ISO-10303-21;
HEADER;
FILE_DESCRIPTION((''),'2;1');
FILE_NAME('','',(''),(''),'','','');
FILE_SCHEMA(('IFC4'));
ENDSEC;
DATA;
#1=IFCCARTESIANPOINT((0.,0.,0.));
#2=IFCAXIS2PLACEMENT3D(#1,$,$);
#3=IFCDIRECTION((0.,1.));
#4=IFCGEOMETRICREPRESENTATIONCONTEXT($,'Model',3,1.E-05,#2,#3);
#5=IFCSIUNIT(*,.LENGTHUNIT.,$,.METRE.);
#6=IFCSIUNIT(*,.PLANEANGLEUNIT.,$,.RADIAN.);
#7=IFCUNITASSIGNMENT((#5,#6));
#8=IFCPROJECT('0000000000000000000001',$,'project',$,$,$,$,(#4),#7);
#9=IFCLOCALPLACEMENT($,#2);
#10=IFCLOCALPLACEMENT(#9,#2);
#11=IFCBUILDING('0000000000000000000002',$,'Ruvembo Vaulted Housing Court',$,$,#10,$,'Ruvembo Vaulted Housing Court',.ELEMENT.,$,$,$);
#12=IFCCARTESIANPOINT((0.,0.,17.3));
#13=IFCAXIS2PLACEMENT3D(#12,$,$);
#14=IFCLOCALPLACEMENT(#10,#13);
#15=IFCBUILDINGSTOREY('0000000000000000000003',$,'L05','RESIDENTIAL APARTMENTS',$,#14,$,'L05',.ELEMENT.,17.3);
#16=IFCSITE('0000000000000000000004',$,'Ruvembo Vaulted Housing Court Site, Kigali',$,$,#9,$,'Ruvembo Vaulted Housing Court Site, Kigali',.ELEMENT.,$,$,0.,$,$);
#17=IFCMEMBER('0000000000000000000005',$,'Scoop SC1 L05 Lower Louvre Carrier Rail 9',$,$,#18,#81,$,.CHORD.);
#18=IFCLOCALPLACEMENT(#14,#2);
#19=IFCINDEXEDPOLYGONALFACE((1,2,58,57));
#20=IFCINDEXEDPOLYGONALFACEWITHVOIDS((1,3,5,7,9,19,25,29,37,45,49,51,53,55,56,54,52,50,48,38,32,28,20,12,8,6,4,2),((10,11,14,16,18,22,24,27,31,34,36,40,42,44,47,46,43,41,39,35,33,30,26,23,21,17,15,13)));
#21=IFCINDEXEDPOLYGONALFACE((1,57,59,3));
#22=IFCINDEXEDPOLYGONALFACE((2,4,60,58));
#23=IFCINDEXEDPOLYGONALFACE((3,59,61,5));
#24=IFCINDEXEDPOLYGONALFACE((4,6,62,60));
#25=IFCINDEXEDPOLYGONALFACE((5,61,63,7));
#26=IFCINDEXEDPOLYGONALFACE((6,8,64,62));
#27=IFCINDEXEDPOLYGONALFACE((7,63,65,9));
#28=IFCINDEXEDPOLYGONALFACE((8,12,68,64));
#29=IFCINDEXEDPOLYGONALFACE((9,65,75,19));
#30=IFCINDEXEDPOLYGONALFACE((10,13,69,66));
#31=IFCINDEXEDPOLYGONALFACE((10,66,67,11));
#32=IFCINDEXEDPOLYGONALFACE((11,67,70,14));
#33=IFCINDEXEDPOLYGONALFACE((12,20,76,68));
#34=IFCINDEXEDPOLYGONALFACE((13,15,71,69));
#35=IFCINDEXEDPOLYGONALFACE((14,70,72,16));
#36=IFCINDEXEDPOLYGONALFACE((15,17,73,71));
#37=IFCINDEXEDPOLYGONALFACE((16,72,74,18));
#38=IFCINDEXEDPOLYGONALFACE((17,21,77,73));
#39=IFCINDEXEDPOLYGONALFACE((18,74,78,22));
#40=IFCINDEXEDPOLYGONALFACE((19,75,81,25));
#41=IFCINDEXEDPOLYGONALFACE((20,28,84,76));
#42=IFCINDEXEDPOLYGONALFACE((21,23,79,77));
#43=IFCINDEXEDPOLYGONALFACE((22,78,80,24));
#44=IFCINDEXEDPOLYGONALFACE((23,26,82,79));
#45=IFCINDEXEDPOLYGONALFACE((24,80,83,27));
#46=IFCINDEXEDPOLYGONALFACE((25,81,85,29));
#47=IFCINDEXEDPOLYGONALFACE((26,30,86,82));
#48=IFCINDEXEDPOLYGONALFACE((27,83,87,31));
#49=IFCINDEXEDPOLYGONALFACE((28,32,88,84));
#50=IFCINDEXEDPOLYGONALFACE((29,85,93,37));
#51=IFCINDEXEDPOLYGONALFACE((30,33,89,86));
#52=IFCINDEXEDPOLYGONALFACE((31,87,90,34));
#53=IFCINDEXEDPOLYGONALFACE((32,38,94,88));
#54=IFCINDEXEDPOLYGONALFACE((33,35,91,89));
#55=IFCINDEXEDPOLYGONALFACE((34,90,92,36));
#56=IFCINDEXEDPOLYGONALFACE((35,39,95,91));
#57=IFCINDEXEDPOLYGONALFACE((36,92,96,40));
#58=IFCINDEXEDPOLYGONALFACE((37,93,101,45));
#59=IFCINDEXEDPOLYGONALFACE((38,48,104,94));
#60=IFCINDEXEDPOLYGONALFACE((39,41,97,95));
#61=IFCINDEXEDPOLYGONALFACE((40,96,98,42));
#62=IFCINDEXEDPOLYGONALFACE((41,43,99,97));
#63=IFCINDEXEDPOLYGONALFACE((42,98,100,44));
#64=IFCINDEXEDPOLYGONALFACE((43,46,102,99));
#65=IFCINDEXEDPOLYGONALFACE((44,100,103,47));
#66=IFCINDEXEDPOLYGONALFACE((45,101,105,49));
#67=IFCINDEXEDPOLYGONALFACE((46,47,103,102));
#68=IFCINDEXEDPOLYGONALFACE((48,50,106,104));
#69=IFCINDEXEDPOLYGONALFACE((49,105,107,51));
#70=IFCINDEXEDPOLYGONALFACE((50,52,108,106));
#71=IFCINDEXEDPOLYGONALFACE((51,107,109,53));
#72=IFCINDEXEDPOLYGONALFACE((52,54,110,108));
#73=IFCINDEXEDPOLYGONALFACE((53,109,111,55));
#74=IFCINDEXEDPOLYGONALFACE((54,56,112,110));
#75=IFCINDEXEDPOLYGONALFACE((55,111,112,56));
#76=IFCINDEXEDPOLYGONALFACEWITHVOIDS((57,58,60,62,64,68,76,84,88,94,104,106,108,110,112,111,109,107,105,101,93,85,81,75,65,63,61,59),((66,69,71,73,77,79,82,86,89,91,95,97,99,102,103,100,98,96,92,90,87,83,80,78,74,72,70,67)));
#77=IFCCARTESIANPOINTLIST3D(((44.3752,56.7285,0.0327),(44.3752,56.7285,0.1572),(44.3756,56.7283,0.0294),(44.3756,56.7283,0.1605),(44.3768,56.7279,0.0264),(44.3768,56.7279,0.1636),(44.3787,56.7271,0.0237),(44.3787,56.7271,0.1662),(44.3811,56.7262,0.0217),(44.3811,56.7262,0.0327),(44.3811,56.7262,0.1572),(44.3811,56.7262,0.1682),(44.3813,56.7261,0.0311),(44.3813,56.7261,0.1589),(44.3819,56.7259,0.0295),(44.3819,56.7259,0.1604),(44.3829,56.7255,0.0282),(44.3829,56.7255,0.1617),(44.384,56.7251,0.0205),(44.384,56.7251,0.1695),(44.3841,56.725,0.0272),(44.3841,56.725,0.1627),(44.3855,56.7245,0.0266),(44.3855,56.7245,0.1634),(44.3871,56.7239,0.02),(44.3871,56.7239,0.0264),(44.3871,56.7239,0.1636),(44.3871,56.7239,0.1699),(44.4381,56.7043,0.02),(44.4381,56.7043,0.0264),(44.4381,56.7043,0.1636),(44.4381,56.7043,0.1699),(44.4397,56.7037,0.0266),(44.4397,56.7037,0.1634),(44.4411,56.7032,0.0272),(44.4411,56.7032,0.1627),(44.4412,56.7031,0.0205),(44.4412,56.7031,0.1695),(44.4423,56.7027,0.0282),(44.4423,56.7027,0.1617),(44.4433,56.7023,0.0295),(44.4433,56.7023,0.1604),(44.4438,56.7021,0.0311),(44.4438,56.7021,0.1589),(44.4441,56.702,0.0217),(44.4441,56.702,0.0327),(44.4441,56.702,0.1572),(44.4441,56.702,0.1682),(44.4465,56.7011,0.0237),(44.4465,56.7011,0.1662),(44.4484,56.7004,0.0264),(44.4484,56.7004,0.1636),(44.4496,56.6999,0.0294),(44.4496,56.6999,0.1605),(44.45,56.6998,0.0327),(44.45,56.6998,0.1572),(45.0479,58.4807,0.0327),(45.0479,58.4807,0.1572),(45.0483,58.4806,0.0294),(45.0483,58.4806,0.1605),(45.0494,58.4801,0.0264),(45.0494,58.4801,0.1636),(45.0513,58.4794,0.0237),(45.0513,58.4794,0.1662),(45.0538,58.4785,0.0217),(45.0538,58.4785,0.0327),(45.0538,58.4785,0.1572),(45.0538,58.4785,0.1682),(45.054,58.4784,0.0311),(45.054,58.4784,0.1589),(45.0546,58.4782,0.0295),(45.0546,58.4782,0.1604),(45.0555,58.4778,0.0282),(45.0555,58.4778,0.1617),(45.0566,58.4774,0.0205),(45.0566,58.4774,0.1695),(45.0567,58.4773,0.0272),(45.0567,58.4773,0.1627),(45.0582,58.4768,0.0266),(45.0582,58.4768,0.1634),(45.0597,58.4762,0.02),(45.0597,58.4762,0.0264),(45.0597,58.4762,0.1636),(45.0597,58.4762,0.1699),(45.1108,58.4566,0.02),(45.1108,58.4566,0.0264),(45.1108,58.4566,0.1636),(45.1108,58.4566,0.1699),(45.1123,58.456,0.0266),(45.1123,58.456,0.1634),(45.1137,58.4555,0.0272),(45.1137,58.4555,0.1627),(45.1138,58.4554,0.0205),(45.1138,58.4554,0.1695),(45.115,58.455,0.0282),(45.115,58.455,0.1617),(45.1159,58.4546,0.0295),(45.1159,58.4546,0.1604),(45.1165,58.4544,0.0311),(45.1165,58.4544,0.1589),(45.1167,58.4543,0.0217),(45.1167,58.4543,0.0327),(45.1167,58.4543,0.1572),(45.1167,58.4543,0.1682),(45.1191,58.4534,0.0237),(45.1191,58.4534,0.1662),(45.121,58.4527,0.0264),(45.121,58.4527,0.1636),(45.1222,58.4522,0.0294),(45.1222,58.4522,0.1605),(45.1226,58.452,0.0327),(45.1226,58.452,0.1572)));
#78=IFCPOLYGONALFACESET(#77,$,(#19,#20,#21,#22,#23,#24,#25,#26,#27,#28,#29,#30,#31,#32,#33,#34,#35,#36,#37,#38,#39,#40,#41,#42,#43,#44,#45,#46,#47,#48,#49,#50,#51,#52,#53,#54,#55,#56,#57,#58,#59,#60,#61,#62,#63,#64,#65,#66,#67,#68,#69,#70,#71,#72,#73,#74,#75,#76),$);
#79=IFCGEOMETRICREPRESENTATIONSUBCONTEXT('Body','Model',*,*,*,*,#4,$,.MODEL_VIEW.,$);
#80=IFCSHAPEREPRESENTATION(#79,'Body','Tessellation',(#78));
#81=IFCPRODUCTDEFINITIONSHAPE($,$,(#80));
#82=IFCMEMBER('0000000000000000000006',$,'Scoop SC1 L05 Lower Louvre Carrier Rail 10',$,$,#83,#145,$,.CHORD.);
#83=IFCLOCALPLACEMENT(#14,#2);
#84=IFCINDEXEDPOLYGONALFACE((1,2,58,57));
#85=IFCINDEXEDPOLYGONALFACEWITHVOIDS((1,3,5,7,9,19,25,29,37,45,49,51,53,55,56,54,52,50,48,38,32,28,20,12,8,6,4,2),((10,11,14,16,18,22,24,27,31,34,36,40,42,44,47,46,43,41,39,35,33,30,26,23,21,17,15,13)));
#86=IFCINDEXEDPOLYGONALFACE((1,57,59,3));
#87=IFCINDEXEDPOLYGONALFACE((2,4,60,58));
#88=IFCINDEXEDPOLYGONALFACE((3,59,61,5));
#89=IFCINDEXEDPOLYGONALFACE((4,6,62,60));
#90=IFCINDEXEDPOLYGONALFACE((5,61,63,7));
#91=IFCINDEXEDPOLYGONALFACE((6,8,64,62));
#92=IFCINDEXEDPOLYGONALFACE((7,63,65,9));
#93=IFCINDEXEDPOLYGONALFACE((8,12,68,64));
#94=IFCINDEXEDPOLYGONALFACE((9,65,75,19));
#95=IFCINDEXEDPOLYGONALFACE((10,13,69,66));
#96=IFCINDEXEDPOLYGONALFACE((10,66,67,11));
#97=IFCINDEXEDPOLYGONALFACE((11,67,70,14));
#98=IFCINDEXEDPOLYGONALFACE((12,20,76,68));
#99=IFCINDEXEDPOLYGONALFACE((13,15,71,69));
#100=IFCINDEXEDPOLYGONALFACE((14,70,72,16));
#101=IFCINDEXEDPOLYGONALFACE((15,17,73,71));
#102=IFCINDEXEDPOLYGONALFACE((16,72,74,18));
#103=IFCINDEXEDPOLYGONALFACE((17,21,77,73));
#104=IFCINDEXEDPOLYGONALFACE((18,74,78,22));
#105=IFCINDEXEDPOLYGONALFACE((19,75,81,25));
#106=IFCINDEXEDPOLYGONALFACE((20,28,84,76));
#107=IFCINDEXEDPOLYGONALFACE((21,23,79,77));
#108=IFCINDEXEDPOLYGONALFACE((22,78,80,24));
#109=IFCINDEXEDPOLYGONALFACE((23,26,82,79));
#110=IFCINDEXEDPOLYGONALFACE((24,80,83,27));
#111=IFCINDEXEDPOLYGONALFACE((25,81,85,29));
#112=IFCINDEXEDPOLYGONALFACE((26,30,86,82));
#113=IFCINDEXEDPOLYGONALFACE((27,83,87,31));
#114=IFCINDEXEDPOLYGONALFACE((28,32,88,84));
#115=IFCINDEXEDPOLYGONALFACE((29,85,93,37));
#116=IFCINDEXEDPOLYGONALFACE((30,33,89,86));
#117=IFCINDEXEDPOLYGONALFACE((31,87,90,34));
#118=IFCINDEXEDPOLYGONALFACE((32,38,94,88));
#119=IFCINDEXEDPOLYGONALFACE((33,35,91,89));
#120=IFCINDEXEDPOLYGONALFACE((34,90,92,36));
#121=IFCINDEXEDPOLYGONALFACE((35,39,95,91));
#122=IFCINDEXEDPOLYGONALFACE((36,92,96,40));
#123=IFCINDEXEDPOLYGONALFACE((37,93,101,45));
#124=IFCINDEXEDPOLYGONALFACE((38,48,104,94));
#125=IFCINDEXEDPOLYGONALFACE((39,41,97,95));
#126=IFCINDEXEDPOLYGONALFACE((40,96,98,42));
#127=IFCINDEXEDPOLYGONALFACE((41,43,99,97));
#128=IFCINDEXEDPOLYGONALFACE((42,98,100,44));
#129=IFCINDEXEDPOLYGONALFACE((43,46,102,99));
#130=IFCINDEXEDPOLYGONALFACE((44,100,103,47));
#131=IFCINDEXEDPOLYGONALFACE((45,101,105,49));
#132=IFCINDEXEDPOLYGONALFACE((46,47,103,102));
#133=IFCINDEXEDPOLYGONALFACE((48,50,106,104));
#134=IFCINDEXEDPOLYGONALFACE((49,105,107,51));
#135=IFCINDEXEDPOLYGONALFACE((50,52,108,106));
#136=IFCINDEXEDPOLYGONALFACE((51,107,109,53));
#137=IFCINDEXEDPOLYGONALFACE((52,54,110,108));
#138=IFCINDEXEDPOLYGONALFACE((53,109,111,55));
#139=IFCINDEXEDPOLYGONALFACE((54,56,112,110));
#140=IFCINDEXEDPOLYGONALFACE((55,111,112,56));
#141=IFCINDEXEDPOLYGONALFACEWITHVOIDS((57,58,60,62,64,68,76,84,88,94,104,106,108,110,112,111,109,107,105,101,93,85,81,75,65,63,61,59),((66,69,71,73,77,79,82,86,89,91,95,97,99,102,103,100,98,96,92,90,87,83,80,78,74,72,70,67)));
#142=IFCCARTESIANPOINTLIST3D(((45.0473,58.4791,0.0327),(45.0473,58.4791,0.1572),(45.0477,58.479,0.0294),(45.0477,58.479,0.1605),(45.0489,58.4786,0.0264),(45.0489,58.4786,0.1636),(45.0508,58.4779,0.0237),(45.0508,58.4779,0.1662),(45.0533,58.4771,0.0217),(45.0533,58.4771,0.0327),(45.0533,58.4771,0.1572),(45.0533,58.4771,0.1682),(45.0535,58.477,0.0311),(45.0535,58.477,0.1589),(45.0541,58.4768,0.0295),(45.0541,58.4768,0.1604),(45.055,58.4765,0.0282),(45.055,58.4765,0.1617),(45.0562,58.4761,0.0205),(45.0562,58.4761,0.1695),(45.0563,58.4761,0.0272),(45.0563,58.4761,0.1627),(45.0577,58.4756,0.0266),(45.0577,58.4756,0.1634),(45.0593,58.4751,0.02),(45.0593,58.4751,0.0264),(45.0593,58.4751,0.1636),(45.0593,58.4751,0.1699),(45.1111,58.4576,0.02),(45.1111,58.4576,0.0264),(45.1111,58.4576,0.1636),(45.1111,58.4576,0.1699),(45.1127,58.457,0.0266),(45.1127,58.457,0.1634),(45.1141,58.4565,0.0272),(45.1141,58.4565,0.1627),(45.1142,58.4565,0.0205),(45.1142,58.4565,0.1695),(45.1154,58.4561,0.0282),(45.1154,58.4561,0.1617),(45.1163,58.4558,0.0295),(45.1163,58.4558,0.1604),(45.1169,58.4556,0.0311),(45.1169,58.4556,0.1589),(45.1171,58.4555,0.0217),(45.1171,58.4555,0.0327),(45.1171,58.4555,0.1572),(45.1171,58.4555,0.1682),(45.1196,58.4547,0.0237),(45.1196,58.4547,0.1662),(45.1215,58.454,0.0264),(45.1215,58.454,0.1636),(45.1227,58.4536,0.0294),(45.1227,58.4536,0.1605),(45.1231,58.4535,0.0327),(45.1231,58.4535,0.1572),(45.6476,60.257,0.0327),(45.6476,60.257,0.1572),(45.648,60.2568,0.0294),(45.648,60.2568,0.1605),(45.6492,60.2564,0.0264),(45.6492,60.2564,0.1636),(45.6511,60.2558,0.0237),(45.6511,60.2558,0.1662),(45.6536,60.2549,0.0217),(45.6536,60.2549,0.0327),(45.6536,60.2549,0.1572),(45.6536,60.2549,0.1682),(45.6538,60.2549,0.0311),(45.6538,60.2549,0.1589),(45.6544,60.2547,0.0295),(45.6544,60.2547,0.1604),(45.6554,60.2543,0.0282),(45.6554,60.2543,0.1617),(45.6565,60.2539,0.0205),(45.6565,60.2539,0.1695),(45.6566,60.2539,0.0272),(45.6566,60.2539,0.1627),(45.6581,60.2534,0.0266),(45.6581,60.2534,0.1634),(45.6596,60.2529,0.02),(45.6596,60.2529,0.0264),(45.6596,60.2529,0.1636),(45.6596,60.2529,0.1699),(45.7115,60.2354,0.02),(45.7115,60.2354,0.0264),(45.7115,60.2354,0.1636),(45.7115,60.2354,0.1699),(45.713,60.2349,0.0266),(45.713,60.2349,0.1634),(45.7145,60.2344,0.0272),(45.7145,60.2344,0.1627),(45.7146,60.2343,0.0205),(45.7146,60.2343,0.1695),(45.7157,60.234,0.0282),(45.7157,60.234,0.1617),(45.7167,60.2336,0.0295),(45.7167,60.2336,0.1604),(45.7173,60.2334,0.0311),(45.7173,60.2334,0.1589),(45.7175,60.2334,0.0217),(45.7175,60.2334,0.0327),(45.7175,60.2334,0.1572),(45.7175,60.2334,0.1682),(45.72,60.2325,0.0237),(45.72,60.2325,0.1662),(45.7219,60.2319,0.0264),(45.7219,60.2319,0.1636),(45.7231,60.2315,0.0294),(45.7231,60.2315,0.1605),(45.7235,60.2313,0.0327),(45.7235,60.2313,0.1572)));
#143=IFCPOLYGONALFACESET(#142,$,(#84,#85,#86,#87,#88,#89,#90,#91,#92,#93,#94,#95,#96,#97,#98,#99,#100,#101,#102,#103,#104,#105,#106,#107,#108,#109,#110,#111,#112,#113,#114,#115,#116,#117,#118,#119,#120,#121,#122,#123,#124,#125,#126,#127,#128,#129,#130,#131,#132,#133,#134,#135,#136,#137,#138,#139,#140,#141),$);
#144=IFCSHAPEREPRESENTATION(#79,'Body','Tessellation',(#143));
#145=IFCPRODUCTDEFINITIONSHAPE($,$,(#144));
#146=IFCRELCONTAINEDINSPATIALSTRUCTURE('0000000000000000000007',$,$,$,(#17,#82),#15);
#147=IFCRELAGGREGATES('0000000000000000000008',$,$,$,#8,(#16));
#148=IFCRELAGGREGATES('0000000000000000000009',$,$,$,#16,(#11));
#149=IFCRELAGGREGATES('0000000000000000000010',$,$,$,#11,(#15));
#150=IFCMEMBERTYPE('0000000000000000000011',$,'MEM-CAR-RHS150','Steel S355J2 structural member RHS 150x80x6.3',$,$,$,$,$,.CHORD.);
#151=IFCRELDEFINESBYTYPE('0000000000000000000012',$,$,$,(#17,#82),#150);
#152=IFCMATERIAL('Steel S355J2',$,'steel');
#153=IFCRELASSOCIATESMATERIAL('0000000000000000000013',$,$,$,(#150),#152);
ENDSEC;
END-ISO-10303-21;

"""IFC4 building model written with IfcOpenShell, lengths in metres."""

from ifc_helpers import new_model, si_unit, direction, frame, origin, origin_2d, place, context, subcontext, project, spatial, hollow_rectangle, extrude, material, material_profile, profile_set, type_object, element, save


model = new_model("IFC4")

# Units and contexts
model_context = context("Model", 3, precision=1e-05, world=origin(), true_north=direction((0.0, 1.0)))
body_context = subcontext(model_context, "Body", "Model", "MODEL_VIEW")
ifc_project = project(units=[si_unit("LENGTHUNIT", "METRE"), si_unit("PLANEANGLEUNIT", "RADIAN")], contexts=[model_context])

# Site, building, storey
site_placement = place(None, origin())
site = spatial("IfcSite", under=ifc_project, at=site_placement, Name="Ruvembo Vaulted Housing Court Site, Kigali", LongName="Ruvembo Vaulted Housing Court Site, Kigali", CompositionType="ELEMENT", RefElevation=0.0)
building_placement = place(site_placement, origin())
building = spatial("IfcBuilding", under=site, at=building_placement, Name="Ruvembo Vaulted Housing Court", LongName="Ruvembo Vaulted Housing Court", CompositionType="ELEMENT")
storey_placement = place(building_placement, frame((0.0, 0.0, 17.3)))
storey = spatial("IfcBuildingStorey", under=building, at=storey_placement, Name="L05", Description="RESIDENTIAL APARTMENTS", LongName="L05", CompositionType="ELEMENT", Elevation=17.3)

# Shared definitions
ifc_material_1 = material(Name="Steel S355J2", Category="steel")

# Members
ifc_material_profile_1 = material_profile(ifc_material_1, hollow_rectangle(XDim=0.0801, YDim=0.1499, WallThickness=0.0063, InnerFilletRadius=0.0063, OuterFilletRadius=0.0127, at=origin_2d()), Name="RHS 150x80x6.3")
ifc_profile_set_1 = profile_set([ifc_material_profile_1], Name="Steel S355J2")
member_type_1 = type_object("IfcMemberType", Name="MEM-CAR-RHS150", Description="Steel S355J2 structural member RHS 150x80x6.3", PredefinedType="CHORD", material=ifc_profile_set_1)
member_1_placement = place(storey_placement, frame((44.4126, 56.7141, 0.095), z_axis=(0.358369, 0.93358, 0.0), x_axis=(-0.93358, 0.358369, 0.0)))
element("IfcMember", 1, at=member_1_placement, inside=storey, type_object=member_type_1, Name="Scoop SC1 L05 Lower Louvre Carrier Rail 9", PredefinedType="CHORD", context=body_context, shape_type="SweptSolid", body=[
    extrude(hollow_rectangle(XDim=0.0801, YDim=0.1499, WallThickness=0.0063, InnerFilletRadius=0.0063, OuterFilletRadius=0.0127, at=origin_2d()), origin(), (0.0, 0.0, 1.0), 1.877),
])
member_2_placement = place(storey_placement, frame((45.0852, 58.4663, 0.095), z_axis=(0.319933, 0.94744, 0.0), x_axis=(-0.94744, 0.319933, 0.0)))
element("IfcMember", 2, at=member_2_placement, inside=storey, type_object=member_type_1, Name="Scoop SC1 L05 Lower Louvre Carrier Rail 10", PredefinedType="CHORD", context=body_context, shape_type="SweptSolid", body=[
    extrude(hollow_rectangle(XDim=0.0801, YDim=0.1499, WallThickness=0.0063, InnerFilletRadius=0.0063, OuterFilletRadius=0.0127, at=origin_2d()), origin(), (0.0, 0.0, 1.0), 1.8765),
])

save(model, "model.ifc")
